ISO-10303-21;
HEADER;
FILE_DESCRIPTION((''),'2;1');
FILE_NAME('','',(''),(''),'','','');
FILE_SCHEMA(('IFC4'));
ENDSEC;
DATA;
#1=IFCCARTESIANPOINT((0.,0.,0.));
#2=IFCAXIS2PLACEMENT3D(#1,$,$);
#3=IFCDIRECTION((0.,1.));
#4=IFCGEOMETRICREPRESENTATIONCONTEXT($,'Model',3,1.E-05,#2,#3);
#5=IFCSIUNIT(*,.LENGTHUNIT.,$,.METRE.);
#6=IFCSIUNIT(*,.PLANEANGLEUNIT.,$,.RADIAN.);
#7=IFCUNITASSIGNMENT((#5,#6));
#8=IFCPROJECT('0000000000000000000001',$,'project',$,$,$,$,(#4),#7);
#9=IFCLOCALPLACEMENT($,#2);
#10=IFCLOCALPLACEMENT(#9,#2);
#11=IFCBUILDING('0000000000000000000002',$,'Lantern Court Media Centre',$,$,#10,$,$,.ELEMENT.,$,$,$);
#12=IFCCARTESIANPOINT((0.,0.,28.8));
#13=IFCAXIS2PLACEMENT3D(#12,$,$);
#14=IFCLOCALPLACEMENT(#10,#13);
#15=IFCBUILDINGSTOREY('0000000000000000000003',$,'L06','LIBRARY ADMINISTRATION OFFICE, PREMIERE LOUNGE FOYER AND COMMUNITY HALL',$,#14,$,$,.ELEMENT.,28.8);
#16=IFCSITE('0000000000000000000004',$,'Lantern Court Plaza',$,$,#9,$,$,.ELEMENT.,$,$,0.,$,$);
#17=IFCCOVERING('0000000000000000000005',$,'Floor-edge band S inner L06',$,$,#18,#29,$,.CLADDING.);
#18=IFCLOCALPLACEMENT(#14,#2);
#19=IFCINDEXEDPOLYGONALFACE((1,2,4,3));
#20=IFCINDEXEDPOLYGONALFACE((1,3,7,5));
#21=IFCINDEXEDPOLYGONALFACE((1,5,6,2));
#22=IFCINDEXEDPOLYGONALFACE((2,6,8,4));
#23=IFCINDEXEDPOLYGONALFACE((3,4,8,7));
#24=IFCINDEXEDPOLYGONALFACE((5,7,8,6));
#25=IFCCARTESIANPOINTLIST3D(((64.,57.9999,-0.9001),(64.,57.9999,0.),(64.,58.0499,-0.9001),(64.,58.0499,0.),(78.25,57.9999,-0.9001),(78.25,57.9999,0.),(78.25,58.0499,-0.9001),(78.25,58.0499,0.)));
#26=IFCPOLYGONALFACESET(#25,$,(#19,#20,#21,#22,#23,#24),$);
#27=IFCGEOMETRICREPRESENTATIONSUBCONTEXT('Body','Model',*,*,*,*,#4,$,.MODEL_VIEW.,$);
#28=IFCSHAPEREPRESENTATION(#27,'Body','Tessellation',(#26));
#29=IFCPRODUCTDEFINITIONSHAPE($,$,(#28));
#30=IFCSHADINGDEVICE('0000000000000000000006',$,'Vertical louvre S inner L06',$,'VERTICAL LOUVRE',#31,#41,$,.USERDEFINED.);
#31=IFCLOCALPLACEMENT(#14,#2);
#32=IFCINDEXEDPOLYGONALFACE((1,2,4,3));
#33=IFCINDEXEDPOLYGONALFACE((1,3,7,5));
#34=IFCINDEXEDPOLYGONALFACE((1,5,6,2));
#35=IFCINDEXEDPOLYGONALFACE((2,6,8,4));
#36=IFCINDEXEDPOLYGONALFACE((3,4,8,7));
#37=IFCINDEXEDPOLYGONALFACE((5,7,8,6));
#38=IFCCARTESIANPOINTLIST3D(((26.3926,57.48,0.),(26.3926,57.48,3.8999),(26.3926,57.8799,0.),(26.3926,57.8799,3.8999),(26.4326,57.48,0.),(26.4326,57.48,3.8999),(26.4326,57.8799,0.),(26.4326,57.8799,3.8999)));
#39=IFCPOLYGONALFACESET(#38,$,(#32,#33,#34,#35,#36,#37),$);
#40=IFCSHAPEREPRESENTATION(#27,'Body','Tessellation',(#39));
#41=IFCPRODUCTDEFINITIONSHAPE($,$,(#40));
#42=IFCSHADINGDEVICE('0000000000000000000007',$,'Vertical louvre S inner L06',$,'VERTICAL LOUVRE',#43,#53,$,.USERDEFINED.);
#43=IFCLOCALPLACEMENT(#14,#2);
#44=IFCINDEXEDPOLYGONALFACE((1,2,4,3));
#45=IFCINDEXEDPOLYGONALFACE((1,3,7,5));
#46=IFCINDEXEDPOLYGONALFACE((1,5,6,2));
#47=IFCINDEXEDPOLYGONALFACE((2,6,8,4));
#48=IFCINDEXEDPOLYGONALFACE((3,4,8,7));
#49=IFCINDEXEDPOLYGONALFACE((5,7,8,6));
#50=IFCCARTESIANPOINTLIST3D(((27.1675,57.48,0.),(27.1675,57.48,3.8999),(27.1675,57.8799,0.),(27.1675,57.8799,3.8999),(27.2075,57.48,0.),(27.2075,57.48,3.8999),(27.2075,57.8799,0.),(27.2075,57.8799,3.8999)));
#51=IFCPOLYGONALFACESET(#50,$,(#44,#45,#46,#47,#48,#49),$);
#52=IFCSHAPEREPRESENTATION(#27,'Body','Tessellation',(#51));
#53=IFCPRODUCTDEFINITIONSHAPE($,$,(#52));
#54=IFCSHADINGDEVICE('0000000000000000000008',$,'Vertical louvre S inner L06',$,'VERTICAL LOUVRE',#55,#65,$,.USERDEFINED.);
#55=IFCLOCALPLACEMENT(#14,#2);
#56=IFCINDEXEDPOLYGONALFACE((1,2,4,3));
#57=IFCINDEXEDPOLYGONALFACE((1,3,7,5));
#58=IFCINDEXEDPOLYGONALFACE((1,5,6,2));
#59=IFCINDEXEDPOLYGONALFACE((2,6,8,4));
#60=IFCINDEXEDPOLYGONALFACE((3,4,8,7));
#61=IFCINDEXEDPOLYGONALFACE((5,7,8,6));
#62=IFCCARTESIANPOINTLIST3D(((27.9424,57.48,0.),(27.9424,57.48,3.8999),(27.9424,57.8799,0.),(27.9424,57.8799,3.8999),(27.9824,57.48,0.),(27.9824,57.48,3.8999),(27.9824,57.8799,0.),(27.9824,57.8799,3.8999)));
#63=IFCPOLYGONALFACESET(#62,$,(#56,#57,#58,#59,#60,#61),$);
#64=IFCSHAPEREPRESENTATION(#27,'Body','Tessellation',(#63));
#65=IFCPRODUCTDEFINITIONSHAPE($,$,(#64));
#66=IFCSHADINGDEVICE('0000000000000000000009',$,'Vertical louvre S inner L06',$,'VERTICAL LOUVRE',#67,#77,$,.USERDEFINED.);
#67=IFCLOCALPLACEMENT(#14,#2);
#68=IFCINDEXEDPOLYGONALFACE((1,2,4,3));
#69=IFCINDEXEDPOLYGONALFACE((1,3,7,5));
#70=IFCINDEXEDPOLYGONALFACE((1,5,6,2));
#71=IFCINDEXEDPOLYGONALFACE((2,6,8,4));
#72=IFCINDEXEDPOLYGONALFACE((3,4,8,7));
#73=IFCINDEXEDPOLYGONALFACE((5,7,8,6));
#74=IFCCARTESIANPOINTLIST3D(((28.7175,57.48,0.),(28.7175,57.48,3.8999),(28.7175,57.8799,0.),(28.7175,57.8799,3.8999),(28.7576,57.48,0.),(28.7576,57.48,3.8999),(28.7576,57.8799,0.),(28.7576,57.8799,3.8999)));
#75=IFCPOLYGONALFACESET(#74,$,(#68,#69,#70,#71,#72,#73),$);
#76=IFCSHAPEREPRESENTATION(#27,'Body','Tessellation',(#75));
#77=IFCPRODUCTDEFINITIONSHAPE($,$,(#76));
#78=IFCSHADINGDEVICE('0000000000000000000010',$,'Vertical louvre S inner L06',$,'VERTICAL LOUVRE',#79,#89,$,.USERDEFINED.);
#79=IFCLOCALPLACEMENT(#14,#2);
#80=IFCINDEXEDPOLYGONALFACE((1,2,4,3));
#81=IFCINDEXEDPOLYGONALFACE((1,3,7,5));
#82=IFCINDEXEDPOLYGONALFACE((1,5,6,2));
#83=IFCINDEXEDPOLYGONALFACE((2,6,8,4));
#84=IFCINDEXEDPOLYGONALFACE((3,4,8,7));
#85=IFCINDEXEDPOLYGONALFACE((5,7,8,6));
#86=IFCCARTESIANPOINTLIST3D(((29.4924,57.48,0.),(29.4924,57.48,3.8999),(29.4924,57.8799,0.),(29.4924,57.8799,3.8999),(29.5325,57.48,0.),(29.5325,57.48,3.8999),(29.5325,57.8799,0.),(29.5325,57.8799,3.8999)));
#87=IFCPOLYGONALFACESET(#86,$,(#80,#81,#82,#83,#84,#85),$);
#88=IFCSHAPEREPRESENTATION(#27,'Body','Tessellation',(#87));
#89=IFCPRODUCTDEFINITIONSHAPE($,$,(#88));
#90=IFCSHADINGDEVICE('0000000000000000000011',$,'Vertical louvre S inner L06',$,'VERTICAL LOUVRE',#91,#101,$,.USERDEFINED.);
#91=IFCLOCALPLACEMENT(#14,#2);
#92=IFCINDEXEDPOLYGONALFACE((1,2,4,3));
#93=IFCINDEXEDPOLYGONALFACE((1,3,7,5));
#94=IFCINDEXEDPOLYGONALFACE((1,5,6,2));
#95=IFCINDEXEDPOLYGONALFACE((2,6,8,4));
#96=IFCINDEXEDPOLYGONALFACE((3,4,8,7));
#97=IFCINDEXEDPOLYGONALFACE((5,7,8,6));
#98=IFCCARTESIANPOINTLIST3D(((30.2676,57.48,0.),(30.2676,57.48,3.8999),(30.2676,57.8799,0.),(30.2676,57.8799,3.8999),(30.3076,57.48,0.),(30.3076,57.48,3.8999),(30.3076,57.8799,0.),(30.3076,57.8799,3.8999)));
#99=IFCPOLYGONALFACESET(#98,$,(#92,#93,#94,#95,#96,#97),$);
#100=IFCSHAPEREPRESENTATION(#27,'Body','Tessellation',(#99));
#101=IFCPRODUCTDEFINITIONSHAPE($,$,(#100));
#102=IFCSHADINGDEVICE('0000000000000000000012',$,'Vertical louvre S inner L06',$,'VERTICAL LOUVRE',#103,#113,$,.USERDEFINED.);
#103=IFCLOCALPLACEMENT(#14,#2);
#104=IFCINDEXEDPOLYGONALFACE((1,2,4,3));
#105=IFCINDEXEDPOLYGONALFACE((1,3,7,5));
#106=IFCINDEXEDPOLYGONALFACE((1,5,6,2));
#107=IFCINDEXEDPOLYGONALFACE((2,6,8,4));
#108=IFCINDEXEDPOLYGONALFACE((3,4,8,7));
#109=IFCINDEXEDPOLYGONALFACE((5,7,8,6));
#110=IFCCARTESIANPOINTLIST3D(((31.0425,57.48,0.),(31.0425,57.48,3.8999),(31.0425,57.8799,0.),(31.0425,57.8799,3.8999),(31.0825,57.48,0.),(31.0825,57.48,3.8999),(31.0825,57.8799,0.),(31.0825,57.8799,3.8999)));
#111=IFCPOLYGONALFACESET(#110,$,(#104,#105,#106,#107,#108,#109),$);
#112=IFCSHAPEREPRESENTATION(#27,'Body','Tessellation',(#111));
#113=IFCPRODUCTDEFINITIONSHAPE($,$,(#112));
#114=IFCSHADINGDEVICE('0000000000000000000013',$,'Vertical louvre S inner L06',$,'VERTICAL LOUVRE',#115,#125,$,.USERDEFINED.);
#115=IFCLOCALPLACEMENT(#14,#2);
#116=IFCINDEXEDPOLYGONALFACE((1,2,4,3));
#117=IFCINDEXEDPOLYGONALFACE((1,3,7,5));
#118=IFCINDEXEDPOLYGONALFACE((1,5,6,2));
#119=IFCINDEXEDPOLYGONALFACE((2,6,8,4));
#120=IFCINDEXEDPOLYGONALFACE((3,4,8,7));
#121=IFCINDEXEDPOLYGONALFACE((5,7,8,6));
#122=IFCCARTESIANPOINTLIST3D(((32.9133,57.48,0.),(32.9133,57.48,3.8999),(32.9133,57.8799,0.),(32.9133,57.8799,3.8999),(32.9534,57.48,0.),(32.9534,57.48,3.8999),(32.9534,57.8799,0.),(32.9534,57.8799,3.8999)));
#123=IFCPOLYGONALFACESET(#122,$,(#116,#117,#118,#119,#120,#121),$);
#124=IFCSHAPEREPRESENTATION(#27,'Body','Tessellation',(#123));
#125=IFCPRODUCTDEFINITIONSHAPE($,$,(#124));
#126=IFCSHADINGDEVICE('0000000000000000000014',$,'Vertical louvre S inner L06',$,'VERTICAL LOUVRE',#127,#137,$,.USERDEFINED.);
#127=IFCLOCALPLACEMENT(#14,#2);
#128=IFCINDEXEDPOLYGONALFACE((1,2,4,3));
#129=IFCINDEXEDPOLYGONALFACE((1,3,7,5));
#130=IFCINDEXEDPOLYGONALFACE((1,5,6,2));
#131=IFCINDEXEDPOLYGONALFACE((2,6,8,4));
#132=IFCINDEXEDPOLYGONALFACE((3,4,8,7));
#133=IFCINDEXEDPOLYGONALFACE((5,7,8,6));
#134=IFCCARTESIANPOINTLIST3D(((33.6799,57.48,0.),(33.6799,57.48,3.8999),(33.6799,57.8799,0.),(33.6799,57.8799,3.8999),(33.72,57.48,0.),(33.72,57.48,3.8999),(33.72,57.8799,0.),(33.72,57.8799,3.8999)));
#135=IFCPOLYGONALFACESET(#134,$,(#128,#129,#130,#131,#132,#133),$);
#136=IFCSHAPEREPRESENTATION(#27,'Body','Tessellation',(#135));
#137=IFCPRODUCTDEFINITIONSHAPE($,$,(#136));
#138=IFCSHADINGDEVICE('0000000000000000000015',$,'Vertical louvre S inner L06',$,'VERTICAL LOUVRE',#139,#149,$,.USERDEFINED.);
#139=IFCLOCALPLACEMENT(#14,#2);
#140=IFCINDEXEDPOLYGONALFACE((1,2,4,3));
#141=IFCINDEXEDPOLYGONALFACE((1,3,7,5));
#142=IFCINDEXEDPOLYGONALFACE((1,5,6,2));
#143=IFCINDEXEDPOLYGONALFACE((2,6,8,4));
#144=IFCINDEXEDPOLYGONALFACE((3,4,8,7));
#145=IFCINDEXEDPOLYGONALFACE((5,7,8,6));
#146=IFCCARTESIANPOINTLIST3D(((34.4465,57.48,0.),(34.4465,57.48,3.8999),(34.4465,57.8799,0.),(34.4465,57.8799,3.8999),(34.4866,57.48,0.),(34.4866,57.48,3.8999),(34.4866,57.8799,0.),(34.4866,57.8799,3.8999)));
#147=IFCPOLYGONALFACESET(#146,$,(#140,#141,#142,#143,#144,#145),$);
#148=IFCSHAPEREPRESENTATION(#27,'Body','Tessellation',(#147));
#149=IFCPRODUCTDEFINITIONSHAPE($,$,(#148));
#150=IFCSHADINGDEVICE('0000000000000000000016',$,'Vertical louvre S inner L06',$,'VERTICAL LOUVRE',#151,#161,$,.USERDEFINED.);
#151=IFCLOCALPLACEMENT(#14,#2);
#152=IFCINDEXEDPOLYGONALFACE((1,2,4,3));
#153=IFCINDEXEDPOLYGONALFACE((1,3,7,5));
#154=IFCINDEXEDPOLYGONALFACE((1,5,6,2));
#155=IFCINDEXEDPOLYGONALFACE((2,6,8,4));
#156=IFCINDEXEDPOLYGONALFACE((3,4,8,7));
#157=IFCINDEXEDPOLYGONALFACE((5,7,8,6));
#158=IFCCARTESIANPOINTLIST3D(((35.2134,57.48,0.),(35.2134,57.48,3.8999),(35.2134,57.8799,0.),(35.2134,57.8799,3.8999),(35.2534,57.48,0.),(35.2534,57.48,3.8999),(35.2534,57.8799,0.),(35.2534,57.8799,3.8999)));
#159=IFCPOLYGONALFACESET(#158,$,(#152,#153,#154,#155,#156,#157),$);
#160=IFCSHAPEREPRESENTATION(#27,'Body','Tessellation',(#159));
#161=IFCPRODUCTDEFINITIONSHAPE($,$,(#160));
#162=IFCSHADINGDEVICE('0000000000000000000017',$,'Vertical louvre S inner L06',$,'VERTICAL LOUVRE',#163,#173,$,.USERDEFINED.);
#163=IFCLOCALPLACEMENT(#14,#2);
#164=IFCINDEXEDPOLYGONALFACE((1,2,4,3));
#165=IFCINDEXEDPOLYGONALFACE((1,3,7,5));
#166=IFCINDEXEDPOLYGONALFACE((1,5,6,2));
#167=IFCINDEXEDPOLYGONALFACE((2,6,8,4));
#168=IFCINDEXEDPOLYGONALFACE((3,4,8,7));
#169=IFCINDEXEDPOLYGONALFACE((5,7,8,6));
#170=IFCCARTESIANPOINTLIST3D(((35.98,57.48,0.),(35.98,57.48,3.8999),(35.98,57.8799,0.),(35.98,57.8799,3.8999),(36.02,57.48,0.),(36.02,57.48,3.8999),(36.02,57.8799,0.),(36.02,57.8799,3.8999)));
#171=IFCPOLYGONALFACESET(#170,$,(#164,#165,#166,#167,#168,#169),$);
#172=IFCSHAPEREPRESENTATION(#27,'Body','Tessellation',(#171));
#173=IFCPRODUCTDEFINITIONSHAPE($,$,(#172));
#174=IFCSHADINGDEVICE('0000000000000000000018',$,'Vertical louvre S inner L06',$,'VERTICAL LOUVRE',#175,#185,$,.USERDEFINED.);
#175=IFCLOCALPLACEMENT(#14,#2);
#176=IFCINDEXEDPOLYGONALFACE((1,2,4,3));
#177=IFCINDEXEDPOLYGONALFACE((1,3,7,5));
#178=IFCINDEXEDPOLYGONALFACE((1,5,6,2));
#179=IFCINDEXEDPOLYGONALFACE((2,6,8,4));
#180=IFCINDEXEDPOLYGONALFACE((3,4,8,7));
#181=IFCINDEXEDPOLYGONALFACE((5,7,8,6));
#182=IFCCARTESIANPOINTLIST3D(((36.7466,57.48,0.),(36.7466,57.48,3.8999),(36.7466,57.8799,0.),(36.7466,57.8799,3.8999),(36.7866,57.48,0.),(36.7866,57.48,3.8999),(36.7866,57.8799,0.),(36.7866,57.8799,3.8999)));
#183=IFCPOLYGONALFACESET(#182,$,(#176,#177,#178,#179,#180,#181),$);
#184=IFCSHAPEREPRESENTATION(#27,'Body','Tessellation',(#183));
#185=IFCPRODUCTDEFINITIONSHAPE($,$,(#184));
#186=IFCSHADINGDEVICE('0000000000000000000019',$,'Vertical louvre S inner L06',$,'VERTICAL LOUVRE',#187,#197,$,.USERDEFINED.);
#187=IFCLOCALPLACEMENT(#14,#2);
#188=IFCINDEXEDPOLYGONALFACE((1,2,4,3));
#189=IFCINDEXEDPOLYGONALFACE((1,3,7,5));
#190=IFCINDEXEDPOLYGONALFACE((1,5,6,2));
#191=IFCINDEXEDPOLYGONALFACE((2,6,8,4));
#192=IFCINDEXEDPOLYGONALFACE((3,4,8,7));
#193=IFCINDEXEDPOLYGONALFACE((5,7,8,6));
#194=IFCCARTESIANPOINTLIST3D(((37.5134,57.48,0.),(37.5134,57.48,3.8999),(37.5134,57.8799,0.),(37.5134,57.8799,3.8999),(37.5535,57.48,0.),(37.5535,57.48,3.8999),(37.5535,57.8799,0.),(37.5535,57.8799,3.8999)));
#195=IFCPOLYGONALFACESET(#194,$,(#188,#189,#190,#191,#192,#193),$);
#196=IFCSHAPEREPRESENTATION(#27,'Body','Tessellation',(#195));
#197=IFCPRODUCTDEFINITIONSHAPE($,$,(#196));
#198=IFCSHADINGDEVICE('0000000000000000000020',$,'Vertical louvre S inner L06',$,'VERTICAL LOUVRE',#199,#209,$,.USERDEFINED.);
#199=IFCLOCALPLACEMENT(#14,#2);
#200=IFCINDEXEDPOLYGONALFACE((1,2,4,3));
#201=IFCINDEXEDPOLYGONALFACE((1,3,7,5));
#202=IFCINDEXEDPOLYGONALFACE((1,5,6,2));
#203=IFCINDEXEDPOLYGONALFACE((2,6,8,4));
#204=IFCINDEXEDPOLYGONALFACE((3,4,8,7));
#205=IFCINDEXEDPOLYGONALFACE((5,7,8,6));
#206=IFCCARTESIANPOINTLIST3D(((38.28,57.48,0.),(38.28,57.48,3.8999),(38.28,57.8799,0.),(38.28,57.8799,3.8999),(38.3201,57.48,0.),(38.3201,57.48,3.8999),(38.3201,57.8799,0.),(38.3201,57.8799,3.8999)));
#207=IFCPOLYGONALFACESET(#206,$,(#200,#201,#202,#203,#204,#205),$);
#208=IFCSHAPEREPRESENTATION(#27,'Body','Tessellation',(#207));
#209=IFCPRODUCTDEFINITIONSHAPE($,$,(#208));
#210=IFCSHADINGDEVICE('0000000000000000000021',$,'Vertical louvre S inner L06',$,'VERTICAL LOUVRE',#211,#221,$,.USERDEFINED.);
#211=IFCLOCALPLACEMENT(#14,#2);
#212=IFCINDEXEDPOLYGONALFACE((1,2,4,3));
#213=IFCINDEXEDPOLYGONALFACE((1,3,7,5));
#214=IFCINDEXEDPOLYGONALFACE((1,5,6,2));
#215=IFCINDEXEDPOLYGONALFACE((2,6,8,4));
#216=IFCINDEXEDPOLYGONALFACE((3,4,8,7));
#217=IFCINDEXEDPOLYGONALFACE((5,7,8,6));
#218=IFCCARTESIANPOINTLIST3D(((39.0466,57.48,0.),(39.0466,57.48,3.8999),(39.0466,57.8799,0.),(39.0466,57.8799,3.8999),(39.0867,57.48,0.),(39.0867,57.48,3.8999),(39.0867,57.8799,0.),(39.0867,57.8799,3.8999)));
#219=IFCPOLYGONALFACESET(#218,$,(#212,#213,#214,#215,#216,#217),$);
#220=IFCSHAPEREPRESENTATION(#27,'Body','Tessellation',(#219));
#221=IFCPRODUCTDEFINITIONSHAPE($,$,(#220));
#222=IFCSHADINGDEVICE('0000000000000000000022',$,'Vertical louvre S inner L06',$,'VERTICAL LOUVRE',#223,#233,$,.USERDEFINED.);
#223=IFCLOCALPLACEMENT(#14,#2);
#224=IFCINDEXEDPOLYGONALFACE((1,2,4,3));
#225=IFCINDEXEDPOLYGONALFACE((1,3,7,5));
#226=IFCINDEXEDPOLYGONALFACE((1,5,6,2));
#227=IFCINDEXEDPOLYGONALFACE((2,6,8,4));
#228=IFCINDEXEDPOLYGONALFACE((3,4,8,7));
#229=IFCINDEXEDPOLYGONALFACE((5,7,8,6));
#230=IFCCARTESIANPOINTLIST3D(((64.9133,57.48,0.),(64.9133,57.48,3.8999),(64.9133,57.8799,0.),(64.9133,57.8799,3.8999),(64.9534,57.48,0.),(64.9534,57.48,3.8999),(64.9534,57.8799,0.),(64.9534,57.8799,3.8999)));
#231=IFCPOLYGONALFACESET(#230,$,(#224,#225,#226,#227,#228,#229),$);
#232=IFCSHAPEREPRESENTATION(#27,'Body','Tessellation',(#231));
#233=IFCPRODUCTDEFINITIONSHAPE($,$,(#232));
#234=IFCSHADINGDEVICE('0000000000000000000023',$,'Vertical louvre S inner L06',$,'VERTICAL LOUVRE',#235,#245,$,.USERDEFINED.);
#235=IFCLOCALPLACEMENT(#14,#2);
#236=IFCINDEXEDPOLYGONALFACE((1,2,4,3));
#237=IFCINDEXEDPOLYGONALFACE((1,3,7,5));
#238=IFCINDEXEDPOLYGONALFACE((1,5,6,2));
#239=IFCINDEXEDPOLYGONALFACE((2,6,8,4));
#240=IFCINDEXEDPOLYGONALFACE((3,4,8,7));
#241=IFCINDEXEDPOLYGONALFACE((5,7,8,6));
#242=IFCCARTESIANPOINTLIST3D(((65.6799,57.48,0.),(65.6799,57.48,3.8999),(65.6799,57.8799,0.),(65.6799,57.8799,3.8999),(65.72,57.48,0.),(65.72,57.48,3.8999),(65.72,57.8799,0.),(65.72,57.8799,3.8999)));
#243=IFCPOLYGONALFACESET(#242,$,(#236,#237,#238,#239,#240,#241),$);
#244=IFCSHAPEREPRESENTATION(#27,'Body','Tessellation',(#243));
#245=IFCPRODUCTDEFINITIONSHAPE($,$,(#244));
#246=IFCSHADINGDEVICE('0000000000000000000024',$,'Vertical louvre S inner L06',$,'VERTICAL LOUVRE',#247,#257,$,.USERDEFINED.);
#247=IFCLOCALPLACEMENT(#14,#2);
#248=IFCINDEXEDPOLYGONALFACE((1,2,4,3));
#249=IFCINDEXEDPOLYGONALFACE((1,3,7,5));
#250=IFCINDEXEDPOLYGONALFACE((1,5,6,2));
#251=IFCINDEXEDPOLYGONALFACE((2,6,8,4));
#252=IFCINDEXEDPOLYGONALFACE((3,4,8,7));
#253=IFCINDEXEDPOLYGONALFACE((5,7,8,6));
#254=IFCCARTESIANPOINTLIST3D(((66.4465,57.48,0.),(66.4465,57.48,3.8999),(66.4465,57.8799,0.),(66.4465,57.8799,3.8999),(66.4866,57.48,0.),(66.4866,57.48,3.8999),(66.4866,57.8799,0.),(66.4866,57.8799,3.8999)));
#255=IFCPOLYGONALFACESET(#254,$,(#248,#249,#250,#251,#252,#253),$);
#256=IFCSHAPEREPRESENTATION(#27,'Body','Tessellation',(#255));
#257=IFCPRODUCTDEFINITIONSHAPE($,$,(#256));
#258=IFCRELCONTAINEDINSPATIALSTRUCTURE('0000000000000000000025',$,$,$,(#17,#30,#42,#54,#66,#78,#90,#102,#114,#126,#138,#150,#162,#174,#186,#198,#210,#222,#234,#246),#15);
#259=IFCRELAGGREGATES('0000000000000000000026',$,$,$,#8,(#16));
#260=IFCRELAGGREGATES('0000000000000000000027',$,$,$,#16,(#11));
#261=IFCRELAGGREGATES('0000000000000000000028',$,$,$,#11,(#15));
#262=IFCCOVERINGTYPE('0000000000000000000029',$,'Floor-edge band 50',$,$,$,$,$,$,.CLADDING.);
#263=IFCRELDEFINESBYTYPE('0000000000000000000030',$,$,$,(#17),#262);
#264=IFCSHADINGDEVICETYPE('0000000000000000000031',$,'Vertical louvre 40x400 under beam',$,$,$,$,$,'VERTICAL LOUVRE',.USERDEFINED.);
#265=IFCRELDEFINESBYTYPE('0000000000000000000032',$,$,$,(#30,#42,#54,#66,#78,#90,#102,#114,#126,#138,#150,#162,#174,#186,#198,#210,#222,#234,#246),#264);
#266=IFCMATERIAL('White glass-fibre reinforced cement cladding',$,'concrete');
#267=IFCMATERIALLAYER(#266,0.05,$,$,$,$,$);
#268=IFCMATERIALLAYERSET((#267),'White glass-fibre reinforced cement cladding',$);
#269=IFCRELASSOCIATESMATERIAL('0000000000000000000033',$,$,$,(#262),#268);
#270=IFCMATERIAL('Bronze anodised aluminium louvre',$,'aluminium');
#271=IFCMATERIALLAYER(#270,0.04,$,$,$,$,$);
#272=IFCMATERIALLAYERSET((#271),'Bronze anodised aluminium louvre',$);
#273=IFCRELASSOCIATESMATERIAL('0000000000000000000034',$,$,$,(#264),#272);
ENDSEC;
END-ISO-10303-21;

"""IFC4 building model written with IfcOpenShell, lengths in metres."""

from ifc_helpers import new_model, si_unit, direction, frame, frame_2d, origin, origin_2d, place, context, subcontext, project, spatial, rectangle, extrude, material, layer, layer_set, type_object, element, save


model = new_model("IFC4")

# Units and contexts
model_context = context("Model", 3, precision=1e-05, world=origin(), true_north=direction((0.0, 1.0)))
body_context = subcontext(model_context, "Body", "Model", "MODEL_VIEW")
ifc_project = project(units=[si_unit("LENGTHUNIT", "METRE"), si_unit("PLANEANGLEUNIT", "RADIAN")], contexts=[model_context])

# Site, building, storey
site_placement = place(None, origin())
site = spatial("IfcSite", under=ifc_project, at=site_placement, Name="Lantern Court Plaza", CompositionType="ELEMENT", RefElevation=0.0)
building_placement = place(site_placement, origin())
building = spatial("IfcBuilding", under=site, at=building_placement, Name="Lantern Court Media Centre", CompositionType="ELEMENT")
storey_placement = place(building_placement, frame((0.0, 0.0, 28.8)))
storey = spatial("IfcBuildingStorey", under=building, at=storey_placement, Name="L06", Description="LIBRARY ADMINISTRATION OFFICE, PREMIERE LOUNGE FOYER AND COMMUNITY HALL", CompositionType="ELEMENT", Elevation=28.8)

# Covering
ifc_material_1 = material(Name="White glass-fibre reinforced cement cladding", Category="concrete")
ifc_layer_1 = layer(ifc_material_1, 0.05)
ifc_layer_set_1 = layer_set([ifc_layer_1], Name="White glass-fibre reinforced cement cladding")
covering_type = type_object("IfcCoveringType", Name="Floor-edge band 50", PredefinedType="CLADDING", material=ifc_layer_set_1)
covering_placement = place(storey_placement, frame((64.0, 58.0249, -0.9001), z_axis=(0.0, 0.0, 1.0), x_axis=(1.0, 0.0, 0.0)))
element("IfcCovering", 1, at=covering_placement, inside=storey, type_object=covering_type, Name="Floor-edge band S inner L06", PredefinedType="CLADDING", context=body_context, shape_type="SweptSolid", body=[
    extrude(rectangle(XDim=14.25, YDim=0.05, at=frame_2d((7.125, 0.0))), origin(), (0.0, 0.0, 1.0), 0.9001),
])

# Shading devices
ifc_material_2 = material(Name="Bronze anodised aluminium louvre", Category="aluminium")
ifc_layer_2 = layer(ifc_material_2, 0.04)
ifc_layer_set_2 = layer_set([ifc_layer_2], Name="Bronze anodised aluminium louvre")
shading_device_type = type_object("IfcShadingDeviceType", Name="Vertical louvre 40x400 under beam", ElementType="VERTICAL LOUVRE", PredefinedType="USERDEFINED", material=ifc_layer_set_2)
for number, where, z_axis, x_axis, name in (
    (2, (26.4126, 57.6799, 0.0), (0.0, 0.0, 1.0), (1.0, 0.0, 0.0), "Vertical louvre S inner L06"),
    (3, (27.1875, 57.6799, 0.0), (0.0, 0.0, 1.0), (1.0, 0.0, 0.0), "Vertical louvre S inner L06"),
    (4, (27.9624, 57.6799, 0.0), (0.0, 0.0, 1.0), (1.0, 0.0, 0.0), "Vertical louvre S inner L06"),
    (5, (28.7375, 57.6799, 0.0), (0.0, 0.0, 1.0), (1.0, 0.0, 0.0), "Vertical louvre S inner L06"),
    (6, (29.5125, 57.6799, 0.0), (0.0, 0.0, 1.0), (1.0, 0.0, 0.0), "Vertical louvre S inner L06"),
    (7, (30.2876, 57.6799, 0.0), (0.0, 0.0, 1.0), (1.0, 0.0, 0.0), "Vertical louvre S inner L06"),
    (8, (31.0625, 57.6799, 0.0), (0.0, 0.0, 1.0), (1.0, 0.0, 0.0), "Vertical louvre S inner L06"),
    (9, (32.9333, 57.6799, 0.0), (0.0, 0.0, 1.0), (1.0, 0.0, 0.0), "Vertical louvre S inner L06"),
    (10, (33.7, 57.6799, 0.0), (0.0, 0.0, 1.0), (1.0, 0.0, 0.0), "Vertical louvre S inner L06"),
    (11, (34.4666, 57.6799, 0.0), (0.0, 0.0, 1.0), (1.0, 0.0, 0.0), "Vertical louvre S inner L06"),
    (12, (35.2334, 57.6799, 0.0), (0.0, 0.0, 1.0), (1.0, 0.0, 0.0), "Vertical louvre S inner L06"),
    (13, (36.0, 57.6799, 0.0), (0.0, 0.0, 1.0), (1.0, 0.0, 0.0), "Vertical louvre S inner L06"),
    (14, (36.7666, 57.6799, 0.0), (0.0, 0.0, 1.0), (1.0, 0.0, 0.0), "Vertical louvre S inner L06"),
    (15, (37.5334, 57.6799, 0.0), (0.0, 0.0, 1.0), (1.0, 0.0, 0.0), "Vertical louvre S inner L06"),
    (16, (38.3, 57.6799, 0.0), (0.0, 0.0, 1.0), (1.0, 0.0, 0.0), "Vertical louvre S inner L06"),
    (17, (39.0667, 57.6799, 0.0), (0.0, 0.0, 1.0), (1.0, 0.0, 0.0), "Vertical louvre S inner L06"),
    (18, (64.9333, 57.6799, 0.0), (0.0, 0.0, 1.0), (1.0, 0.0, 0.0), "Vertical louvre S inner L06"),
    (19, (65.7, 57.6799, 0.0), (0.0, 0.0, 1.0), (1.0, 0.0, 0.0), "Vertical louvre S inner L06"),
    (20, (66.4666, 57.6799, 0.0), (0.0, 0.0, 1.0), (1.0, 0.0, 0.0), "Vertical louvre S inner L06"),
):
    element("IfcShadingDevice", number, at=place(storey_placement, frame(where, z_axis=z_axis, x_axis=x_axis)), inside=storey, type_object=shading_device_type, Name=name, ObjectType="VERTICAL LOUVRE", PredefinedType="USERDEFINED", context=body_context, shape_type="SweptSolid", body=[
        extrude(rectangle(XDim=0.04, YDim=0.3999, at=origin_2d()), origin(), (0.0, 0.0, 1.0), 3.8999),
    ])

save(model, "model.ifc")
